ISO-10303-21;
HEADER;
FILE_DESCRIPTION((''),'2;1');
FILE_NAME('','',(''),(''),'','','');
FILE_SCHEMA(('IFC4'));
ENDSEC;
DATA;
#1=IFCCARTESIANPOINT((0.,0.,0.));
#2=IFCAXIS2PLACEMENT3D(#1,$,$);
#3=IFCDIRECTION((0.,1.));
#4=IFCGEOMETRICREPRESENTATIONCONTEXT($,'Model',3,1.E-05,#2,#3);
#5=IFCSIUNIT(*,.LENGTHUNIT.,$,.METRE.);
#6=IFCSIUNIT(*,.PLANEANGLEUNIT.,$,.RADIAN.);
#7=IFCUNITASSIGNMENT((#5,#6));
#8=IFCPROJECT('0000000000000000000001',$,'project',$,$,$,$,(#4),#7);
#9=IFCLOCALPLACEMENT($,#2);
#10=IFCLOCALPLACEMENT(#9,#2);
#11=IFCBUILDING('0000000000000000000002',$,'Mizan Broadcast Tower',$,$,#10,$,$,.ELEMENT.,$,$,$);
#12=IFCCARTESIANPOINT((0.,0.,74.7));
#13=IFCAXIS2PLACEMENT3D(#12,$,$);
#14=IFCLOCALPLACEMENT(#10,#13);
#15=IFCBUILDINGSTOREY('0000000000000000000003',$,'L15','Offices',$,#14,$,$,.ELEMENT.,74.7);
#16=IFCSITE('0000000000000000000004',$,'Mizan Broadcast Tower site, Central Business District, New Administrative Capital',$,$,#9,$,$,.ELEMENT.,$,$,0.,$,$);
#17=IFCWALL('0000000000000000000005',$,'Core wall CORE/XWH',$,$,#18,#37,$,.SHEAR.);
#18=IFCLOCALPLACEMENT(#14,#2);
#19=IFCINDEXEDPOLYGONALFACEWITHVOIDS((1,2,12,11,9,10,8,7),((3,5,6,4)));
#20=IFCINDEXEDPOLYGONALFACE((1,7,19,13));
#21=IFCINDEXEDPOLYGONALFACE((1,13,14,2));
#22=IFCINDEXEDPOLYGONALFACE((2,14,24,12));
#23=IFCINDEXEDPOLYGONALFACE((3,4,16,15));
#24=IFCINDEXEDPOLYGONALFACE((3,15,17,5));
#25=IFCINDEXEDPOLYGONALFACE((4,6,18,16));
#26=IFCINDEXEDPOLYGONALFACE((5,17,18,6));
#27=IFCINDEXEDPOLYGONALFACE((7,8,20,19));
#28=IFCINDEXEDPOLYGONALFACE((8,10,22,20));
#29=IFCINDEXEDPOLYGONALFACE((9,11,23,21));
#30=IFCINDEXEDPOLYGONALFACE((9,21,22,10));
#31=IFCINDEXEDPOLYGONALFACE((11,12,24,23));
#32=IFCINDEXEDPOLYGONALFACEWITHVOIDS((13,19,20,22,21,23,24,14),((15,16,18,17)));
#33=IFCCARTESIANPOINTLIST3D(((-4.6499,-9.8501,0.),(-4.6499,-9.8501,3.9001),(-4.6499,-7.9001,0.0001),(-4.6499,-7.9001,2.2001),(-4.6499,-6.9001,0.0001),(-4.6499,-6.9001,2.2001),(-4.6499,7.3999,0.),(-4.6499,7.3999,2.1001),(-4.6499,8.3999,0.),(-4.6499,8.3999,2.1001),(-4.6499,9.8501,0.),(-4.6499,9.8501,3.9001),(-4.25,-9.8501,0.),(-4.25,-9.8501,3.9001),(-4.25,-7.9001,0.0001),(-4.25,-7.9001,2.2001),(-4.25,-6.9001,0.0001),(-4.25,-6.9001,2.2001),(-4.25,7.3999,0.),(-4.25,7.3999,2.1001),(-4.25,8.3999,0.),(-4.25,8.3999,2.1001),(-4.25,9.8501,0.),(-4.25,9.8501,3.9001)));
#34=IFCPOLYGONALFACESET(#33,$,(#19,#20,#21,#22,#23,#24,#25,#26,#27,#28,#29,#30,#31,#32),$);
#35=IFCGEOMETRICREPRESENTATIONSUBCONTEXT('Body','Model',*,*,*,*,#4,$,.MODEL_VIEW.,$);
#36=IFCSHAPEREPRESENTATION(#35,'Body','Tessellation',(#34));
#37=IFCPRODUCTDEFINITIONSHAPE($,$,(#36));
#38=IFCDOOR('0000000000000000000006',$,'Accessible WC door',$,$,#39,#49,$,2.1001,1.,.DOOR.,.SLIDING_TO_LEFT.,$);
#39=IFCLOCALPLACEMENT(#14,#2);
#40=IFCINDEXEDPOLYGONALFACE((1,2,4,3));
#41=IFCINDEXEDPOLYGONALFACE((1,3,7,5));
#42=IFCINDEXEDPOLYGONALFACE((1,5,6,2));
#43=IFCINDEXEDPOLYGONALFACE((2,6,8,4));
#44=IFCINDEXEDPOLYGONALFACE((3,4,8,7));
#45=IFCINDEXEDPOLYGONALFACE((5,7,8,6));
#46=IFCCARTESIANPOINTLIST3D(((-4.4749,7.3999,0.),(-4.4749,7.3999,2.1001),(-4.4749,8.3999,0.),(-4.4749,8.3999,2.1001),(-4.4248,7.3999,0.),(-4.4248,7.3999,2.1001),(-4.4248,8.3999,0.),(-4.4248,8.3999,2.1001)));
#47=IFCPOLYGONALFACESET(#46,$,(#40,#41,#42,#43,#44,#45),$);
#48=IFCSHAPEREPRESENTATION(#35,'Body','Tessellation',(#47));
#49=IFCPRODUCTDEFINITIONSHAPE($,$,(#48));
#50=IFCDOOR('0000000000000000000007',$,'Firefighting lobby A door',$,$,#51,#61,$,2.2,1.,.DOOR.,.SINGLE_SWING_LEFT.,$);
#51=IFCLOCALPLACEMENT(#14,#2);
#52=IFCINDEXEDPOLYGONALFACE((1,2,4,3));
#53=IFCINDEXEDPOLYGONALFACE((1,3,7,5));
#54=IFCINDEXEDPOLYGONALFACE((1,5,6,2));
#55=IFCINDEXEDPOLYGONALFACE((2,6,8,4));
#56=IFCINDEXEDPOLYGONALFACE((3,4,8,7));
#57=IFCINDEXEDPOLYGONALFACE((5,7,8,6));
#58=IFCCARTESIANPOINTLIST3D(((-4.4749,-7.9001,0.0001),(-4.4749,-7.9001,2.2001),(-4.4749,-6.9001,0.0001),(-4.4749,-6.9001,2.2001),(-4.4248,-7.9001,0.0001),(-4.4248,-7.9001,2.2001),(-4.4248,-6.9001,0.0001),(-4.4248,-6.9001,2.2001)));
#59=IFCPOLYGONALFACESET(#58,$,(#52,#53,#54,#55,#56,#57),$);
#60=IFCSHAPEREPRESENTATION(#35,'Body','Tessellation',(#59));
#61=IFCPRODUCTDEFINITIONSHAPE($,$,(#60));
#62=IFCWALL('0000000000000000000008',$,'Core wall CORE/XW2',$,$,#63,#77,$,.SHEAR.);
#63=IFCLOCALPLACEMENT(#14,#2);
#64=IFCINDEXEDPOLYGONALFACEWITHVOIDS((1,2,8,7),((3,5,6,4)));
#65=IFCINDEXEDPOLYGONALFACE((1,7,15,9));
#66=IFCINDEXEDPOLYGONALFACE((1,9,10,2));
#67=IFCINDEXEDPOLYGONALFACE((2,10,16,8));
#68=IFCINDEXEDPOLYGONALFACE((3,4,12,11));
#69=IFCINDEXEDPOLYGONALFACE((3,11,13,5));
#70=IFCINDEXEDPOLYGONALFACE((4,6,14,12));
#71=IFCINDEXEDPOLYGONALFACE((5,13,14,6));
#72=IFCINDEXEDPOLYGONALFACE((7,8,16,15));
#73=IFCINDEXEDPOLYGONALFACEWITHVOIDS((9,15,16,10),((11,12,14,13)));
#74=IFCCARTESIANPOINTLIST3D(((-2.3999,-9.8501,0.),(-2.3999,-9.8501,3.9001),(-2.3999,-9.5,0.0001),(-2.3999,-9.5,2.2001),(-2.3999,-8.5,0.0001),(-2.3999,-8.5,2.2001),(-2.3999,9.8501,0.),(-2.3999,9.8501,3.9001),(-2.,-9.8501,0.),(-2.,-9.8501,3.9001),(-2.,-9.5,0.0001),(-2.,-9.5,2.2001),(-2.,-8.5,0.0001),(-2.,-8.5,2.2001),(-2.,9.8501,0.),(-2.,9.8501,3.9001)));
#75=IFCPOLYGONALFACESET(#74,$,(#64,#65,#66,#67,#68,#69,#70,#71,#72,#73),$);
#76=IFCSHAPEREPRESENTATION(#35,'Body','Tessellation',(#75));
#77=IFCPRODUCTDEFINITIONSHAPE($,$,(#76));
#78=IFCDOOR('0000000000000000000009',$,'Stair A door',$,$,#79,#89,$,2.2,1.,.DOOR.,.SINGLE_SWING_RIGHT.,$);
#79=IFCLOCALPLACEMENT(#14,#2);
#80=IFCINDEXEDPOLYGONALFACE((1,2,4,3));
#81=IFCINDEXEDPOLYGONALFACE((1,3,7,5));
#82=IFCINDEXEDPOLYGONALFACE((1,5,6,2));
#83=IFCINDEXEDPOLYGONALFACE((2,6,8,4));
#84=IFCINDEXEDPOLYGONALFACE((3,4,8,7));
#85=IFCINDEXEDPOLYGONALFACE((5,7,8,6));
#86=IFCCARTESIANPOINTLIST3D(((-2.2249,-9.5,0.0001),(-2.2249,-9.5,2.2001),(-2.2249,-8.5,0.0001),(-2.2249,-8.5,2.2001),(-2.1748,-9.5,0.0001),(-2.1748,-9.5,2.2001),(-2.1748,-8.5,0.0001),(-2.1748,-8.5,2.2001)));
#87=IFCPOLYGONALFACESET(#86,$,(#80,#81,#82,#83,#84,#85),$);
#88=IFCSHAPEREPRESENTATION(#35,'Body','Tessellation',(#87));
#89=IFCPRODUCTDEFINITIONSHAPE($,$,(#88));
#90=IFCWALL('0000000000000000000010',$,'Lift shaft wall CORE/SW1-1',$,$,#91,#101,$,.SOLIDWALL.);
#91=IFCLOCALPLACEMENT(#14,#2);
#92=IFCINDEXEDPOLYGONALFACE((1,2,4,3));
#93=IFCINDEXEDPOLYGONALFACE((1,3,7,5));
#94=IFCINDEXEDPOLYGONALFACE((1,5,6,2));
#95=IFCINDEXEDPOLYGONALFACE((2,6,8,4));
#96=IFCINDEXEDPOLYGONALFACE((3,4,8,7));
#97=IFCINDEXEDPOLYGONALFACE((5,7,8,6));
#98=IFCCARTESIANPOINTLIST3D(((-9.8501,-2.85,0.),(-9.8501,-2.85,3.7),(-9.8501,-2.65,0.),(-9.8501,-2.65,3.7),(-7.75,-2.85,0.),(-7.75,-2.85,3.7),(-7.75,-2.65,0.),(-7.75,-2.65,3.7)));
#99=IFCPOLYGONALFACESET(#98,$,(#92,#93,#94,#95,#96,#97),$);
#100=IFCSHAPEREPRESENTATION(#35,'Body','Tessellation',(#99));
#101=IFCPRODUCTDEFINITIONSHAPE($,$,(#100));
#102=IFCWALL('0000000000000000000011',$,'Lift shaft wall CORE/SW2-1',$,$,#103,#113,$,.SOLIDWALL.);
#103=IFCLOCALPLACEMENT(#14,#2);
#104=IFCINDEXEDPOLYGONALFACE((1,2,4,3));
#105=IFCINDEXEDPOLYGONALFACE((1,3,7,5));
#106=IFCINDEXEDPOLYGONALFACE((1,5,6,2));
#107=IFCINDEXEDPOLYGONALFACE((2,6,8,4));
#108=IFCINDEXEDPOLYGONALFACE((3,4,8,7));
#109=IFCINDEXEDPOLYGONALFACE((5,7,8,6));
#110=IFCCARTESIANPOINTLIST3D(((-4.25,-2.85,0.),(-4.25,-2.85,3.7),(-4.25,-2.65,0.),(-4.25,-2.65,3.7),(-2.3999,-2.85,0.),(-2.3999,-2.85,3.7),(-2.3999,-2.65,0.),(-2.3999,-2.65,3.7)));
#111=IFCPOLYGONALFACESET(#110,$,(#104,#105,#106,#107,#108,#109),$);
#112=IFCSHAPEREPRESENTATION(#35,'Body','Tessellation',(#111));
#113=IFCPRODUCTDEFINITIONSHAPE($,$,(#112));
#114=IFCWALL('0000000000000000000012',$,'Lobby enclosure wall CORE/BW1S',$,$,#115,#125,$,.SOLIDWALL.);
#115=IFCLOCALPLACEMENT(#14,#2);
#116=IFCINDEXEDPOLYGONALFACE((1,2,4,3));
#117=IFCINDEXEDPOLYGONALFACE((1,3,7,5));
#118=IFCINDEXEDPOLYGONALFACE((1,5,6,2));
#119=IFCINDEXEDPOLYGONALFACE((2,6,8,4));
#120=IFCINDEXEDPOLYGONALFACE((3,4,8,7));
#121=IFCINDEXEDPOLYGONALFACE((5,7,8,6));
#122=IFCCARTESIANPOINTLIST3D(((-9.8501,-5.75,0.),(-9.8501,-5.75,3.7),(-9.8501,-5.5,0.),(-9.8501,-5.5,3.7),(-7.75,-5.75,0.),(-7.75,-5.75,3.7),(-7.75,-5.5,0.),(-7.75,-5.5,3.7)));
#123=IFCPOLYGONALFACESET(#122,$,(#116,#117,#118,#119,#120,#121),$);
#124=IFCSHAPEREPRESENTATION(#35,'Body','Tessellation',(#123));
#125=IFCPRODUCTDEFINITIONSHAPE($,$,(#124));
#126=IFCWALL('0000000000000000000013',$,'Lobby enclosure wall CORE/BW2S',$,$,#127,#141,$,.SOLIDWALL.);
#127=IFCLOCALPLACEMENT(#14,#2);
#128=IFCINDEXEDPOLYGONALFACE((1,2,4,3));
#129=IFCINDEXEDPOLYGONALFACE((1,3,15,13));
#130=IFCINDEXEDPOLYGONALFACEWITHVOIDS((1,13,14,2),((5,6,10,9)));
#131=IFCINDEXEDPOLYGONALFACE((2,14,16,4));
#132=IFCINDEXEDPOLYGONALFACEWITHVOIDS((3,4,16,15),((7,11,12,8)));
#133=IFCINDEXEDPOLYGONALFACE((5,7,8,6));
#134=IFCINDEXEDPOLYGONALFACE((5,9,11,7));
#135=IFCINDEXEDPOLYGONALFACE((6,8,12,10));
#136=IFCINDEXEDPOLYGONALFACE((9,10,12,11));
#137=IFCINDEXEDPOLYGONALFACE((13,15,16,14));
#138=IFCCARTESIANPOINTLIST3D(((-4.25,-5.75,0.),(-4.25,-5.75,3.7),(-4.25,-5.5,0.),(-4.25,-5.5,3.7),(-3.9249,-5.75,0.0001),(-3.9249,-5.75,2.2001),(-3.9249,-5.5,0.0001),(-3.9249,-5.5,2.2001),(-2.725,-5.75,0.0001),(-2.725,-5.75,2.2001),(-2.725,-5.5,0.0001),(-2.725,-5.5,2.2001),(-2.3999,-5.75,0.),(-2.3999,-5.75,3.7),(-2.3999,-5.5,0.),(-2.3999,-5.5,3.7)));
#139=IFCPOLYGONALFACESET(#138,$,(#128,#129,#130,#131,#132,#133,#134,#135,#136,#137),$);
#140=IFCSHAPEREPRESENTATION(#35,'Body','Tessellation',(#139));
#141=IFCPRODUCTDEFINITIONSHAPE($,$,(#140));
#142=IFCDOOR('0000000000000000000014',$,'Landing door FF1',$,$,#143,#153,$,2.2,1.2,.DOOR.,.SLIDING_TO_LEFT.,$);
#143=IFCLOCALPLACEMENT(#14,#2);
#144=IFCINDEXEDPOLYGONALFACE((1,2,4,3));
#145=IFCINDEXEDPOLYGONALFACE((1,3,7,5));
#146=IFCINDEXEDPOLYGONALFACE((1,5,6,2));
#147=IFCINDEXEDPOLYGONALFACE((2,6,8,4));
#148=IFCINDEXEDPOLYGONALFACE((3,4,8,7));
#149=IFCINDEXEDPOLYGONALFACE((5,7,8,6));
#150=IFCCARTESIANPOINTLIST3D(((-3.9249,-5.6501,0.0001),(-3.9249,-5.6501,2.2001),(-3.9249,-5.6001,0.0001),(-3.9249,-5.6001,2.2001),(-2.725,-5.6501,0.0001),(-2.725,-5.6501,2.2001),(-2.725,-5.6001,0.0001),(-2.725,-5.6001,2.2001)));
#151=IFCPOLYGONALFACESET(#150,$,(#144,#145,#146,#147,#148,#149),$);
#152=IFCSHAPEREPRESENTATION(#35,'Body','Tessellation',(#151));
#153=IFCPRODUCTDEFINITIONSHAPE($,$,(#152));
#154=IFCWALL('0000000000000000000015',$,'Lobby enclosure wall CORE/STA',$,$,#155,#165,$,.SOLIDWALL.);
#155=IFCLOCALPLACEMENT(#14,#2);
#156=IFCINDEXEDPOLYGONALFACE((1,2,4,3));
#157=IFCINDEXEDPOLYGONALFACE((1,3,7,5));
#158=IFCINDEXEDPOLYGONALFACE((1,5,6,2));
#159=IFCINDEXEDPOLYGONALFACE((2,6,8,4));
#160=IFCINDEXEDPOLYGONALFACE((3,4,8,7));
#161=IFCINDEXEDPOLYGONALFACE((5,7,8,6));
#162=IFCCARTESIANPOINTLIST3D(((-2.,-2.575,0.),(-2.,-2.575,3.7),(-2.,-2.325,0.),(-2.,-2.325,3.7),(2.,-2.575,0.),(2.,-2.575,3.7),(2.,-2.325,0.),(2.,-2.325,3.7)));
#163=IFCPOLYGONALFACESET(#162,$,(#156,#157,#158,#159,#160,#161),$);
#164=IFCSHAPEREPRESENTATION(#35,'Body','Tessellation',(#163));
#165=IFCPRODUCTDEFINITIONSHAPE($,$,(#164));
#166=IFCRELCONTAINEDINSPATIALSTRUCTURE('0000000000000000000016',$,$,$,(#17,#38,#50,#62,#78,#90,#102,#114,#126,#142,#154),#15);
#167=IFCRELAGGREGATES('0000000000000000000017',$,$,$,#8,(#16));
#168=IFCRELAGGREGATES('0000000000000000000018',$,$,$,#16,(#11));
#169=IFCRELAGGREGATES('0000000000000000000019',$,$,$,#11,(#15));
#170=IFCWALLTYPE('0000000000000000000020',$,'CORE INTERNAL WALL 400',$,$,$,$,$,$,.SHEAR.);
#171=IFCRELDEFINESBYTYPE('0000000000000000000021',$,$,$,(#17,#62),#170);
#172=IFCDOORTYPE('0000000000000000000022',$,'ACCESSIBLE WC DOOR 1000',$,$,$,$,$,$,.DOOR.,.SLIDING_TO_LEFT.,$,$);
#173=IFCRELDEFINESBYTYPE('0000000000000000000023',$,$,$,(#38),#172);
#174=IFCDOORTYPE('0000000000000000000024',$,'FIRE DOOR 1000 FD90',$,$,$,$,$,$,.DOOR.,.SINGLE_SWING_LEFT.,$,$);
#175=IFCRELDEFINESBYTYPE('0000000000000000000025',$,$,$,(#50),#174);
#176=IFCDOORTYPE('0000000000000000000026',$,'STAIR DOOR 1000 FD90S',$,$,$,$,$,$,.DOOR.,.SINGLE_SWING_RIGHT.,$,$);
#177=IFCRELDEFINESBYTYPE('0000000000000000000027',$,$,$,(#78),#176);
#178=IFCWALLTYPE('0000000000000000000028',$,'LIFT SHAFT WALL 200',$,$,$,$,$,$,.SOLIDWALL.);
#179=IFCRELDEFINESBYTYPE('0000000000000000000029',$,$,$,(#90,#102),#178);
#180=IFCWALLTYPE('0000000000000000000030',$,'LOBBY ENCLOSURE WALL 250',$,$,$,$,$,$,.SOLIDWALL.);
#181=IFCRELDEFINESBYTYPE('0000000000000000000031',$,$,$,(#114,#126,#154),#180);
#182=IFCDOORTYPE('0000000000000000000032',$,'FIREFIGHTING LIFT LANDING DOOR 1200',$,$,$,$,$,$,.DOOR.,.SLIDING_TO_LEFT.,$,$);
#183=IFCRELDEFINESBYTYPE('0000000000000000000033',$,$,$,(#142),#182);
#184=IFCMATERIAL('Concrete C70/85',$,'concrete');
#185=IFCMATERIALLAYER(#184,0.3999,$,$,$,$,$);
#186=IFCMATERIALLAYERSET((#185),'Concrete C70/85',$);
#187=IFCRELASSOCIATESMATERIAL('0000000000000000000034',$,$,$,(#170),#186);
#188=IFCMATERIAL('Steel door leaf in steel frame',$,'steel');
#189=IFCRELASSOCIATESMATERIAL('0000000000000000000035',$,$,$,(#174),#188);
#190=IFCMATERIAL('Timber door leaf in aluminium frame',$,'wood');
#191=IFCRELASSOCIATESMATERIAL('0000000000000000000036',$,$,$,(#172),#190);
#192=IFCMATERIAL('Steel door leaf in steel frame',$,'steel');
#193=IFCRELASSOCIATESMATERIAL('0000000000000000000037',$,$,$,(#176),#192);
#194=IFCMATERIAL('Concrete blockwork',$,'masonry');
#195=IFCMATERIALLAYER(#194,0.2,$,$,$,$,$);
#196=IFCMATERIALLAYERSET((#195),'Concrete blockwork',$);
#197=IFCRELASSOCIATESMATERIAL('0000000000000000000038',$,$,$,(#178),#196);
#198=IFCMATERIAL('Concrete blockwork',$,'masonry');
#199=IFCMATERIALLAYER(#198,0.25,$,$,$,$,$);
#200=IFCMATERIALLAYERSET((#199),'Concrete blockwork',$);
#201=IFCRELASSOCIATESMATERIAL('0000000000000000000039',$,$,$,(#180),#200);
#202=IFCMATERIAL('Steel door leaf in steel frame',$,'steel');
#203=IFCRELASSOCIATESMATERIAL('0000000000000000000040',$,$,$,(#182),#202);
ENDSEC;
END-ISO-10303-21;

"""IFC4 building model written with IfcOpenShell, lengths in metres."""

from ifc_helpers import new_model, si_unit, direction, frame, frame_2d, origin, place, context, subcontext, project, spatial, rectangle, extrude, material, layer, layer_set, type_object, element, fill, save


model = new_model("IFC4")

# Units and contexts
model_context = context("Model", 3, precision=1e-05, world=origin(), true_north=direction((0.0, 1.0)))
body_context = subcontext(model_context, "Body", "Model", "MODEL_VIEW")
ifc_project = project(units=[si_unit("LENGTHUNIT", "METRE"), si_unit("PLANEANGLEUNIT", "RADIAN")], contexts=[model_context])

# Site, building, storey
site_placement = place(None, origin())
site = spatial("IfcSite", under=ifc_project, at=site_placement, Name="Mizan Broadcast Tower site, Central Business District, New Administrative Capital", CompositionType="ELEMENT", RefElevation=0.0)
building_placement = place(site_placement, origin())
building = spatial("IfcBuilding", under=site, at=building_placement, Name="Mizan Broadcast Tower", CompositionType="ELEMENT")
storey_placement = place(building_placement, frame((0.0, 0.0, 74.7)))
storey = spatial("IfcBuildingStorey", under=building, at=storey_placement, Name="L15", Description="Offices", CompositionType="ELEMENT", Elevation=74.7)

# Wall, openings, doors
ifc_material_1 = material(Name="Concrete C70/85", Category="concrete")
ifc_layer_1 = layer(ifc_material_1, 0.3999)
ifc_layer_set_1 = layer_set([ifc_layer_1], Name="Concrete C70/85")
wall_type_1 = type_object("IfcWallType", Name="CORE INTERNAL WALL 400", PredefinedType="SHEAR", material=ifc_layer_set_1)
ifc_material_2 = material(Name="Steel door leaf in steel frame", Category="steel")
door_type_1 = type_object("IfcDoorType", Name="FIRE DOOR 1000 FD90", OperationType="SINGLE_SWING_LEFT", PredefinedType="DOOR", material=ifc_material_2)
wall_1_placement = place(storey_placement, frame((-4.45, -9.8501, 0.0), z_axis=(0.0, 0.0, 1.0), x_axis=(0.0, 1.0, 0.0)))
wall_1 = element("IfcWall", 1, at=wall_1_placement, inside=storey, type_object=wall_type_1, Name="Core wall CORE/XWH", PredefinedType="SHEAR", context=body_context, shape_type="SweptSolid", body=[
    extrude(rectangle(XDim=19.7002, YDim=0.3999, at=frame_2d((9.8501, 0.0))), origin(), (0.0, 0.0, 1.0), 3.9001),
])
opening_1_placement = place(wall_1_placement, frame((1.95, 0.0, 0.0)))
opening_1 = element("IfcOpeningElement", 2, at=opening_1_placement, cuts=wall_1, PredefinedType="OPENING", context=body_context, shape_type="SweptSolid", body=[
    extrude(rectangle(XDim=1.0, YDim=2.2, at=frame_2d((0.5, 1.1001))), frame((0.0, 0.21, 0.0), z_axis=(0.0, -1.0, 0.0), x_axis=(1.0, 0.0, 0.0)), (0.0, 0.0, 1.0), 0.4199),
])
opening_2_placement = place(wall_1_placement, frame((17.25, 0.0, 0.0)))
opening_2 = element("IfcOpeningElement", 3, at=opening_2_placement, cuts=wall_1, PredefinedType="OPENING", context=body_context, shape_type="SweptSolid", body=[
    extrude(rectangle(XDim=1.0, YDim=2.1001, at=frame_2d((0.5, 1.05))), frame((0.0, 0.21, 0.0), z_axis=(0.0, -1.0, 0.0), x_axis=(1.0, 0.0, 0.0)), (0.0, 0.0, 1.0), 0.4199),
])
ifc_material_3 = material(Name="Timber door leaf in aluminium frame", Category="wood")
door_type_2 = type_object("IfcDoorType", Name="ACCESSIBLE WC DOOR 1000", OperationType="SLIDING_TO_LEFT", PredefinedType="DOOR", material=ifc_material_3)
door_1_placement = place(opening_2_placement, origin())
door_1 = element("IfcDoor", 4, at=door_1_placement, inside=storey, type_object=door_type_2, Name="Accessible WC door", OperationType="SLIDING_TO_LEFT", OverallHeight=2.1001, OverallWidth=1.0, PredefinedType="DOOR", context=body_context, shape_type="SweptSolid", body=[
    extrude(rectangle(XDim=1.0, YDim=2.1001, at=frame_2d((0.5, 1.05))), frame((0.0, 0.0249, 0.0), z_axis=(0.0, -1.0, 0.0), x_axis=(1.0, 0.0, 0.0)), (0.0, 0.0, 1.0), 0.05),
])
fill(opening_2, door_1)
door_2_placement = place(opening_1_placement, origin())
door_2 = element("IfcDoor", 5, at=door_2_placement, inside=storey, type_object=door_type_1, Name="Firefighting lobby A door", OperationType="SINGLE_SWING_LEFT", OverallHeight=2.2, OverallWidth=1.0, PredefinedType="DOOR", context=body_context, shape_type="SweptSolid", body=[
    extrude(rectangle(XDim=1.0, YDim=2.2, at=frame_2d((0.5, 1.1001))), frame((0.0, 0.0249, 0.0), z_axis=(0.0, -1.0, 0.0), x_axis=(1.0, 0.0, 0.0)), (0.0, 0.0, 1.0), 0.05),
])
fill(opening_1, door_2)

# Wall, opening, door
wall_2_placement = place(storey_placement, frame((-2.2, -9.8501, 0.0), z_axis=(0.0, 0.0, 1.0), x_axis=(0.0, 1.0, 0.0)))
wall_2 = element("IfcWall", 6, at=wall_2_placement, inside=storey, type_object=wall_type_1, Name="Core wall CORE/XW2", PredefinedType="SHEAR", context=body_context, shape_type="SweptSolid", body=[
    extrude(rectangle(XDim=19.7002, YDim=0.3999, at=frame_2d((9.8501, 0.0))), origin(), (0.0, 0.0, 1.0), 3.9001),
])
opening_3_placement = place(wall_2_placement, frame((0.3501, 0.0, 0.0)))
opening_3 = element("IfcOpeningElement", 7, at=opening_3_placement, cuts=wall_2, PredefinedType="OPENING", context=body_context, shape_type="SweptSolid", body=[
    extrude(rectangle(XDim=1.0, YDim=2.2, at=frame_2d((0.5, 1.1001))), frame((0.0, 0.21, 0.0), z_axis=(0.0, -1.0, 0.0), x_axis=(1.0, 0.0, 0.0)), (0.0, 0.0, 1.0), 0.4199),
])
ifc_material_4 = material(Name="Steel door leaf in steel frame", Category="steel")
door_type_3 = type_object("IfcDoorType", Name="STAIR DOOR 1000 FD90S", OperationType="SINGLE_SWING_RIGHT", PredefinedType="DOOR", material=ifc_material_4)
door_3_placement = place(opening_3_placement, origin())
door_3 = element("IfcDoor", 8, at=door_3_placement, inside=storey, type_object=door_type_3, Name="Stair A door", OperationType="SINGLE_SWING_RIGHT", OverallHeight=2.2, OverallWidth=1.0, PredefinedType="DOOR", context=body_context, shape_type="SweptSolid", body=[
    extrude(rectangle(XDim=1.0, YDim=2.2, at=frame_2d((0.5, 1.1001))), frame((0.0, 0.0249, 0.0), z_axis=(0.0, -1.0, 0.0), x_axis=(1.0, 0.0, 0.0)), (0.0, 0.0, 1.0), 0.05),
])
fill(opening_3, door_3)

# Walls
ifc_material_5 = material(Name="Concrete blockwork", Category="masonry")
ifc_layer_2 = layer(ifc_material_5, 0.2)
ifc_layer_set_2 = layer_set([ifc_layer_2], Name="Concrete blockwork")
wall_type_2 = type_object("IfcWallType", Name="LIFT SHAFT WALL 200", PredefinedType="SOLIDWALL", material=ifc_layer_set_2)
wall_3_placement = place(storey_placement, frame((-9.8501, -2.75, 0.0), z_axis=(0.0, 0.0, 1.0), x_axis=(1.0, 0.0, 0.0)))
element("IfcWall", 9, at=wall_3_placement, inside=storey, type_object=wall_type_2, Name="Lift shaft wall CORE/SW1-1", PredefinedType="SOLIDWALL", context=body_context, shape_type="SweptSolid", body=[
    extrude(rectangle(XDim=2.1001, YDim=0.2, at=frame_2d((1.05, 0.0))), origin(), (0.0, 0.0, 1.0), 3.7),
])
wall_4_placement = place(storey_placement, frame((-4.25, -2.75, 0.0), z_axis=(0.0, 0.0, 1.0), x_axis=(1.0, 0.0, 0.0)))
element("IfcWall", 10, at=wall_4_placement, inside=storey, type_object=wall_type_2, Name="Lift shaft wall CORE/SW2-1", PredefinedType="SOLIDWALL", context=body_context, shape_type="SweptSolid", body=[
    extrude(rectangle(XDim=1.8501, YDim=0.2, at=frame_2d((0.925, 0.0))), origin(), (0.0, 0.0, 1.0), 3.7),
])
ifc_material_6 = material(Name="Concrete blockwork", Category="masonry")
ifc_layer_3 = layer(ifc_material_6, 0.25)
ifc_layer_set_3 = layer_set([ifc_layer_3], Name="Concrete blockwork")
wall_type_3 = type_object("IfcWallType", Name="LOBBY ENCLOSURE WALL 250", PredefinedType="SOLIDWALL", material=ifc_layer_set_3)
wall_5_placement = place(storey_placement, frame((-9.8501, -5.625, 0.0), z_axis=(0.0, 0.0, 1.0), x_axis=(1.0, 0.0, 0.0)))
element("IfcWall", 11, at=wall_5_placement, inside=storey, type_object=wall_type_3, Name="Lobby enclosure wall CORE/BW1S", PredefinedType="SOLIDWALL", context=body_context, shape_type="SweptSolid", body=[
    extrude(rectangle(XDim=2.1001, YDim=0.25, at=frame_2d((1.05, 0.0))), origin(), (0.0, 0.0, 1.0), 3.7),
])

# Wall, opening, door
wall_6_placement = place(storey_placement, frame((-4.25, -5.625, 0.0), z_axis=(0.0, 0.0, 1.0), x_axis=(1.0, 0.0, 0.0)))
wall_6 = element("IfcWall", 12, at=wall_6_placement, inside=storey, type_object=wall_type_3, Name="Lobby enclosure wall CORE/BW2S", PredefinedType="SOLIDWALL", context=body_context, shape_type="SweptSolid", body=[
    extrude(rectangle(XDim=1.8501, YDim=0.25, at=frame_2d((0.925, 0.0))), origin(), (0.0, 0.0, 1.0), 3.7),
])
opening_4_placement = place(wall_6_placement, frame((0.325, 0.0, 0.0)))
opening_4 = element("IfcOpeningElement", 13, at=opening_4_placement, cuts=wall_6, PredefinedType="OPENING", context=body_context, shape_type="SweptSolid", body=[
    extrude(rectangle(XDim=1.2, YDim=2.2, at=frame_2d((0.6001, 1.1001))), frame((0.0, 0.135, 0.0), z_axis=(0.0, -1.0, 0.0), x_axis=(1.0, 0.0, 0.0)), (0.0, 0.0, 1.0), 0.27),
])
ifc_material_7 = material(Name="Steel door leaf in steel frame", Category="steel")
door_type_4 = type_object("IfcDoorType", Name="FIREFIGHTING LIFT LANDING DOOR 1200", OperationType="SLIDING_TO_LEFT", PredefinedType="DOOR", material=ifc_material_7)
door_4_placement = place(opening_4_placement, origin())
door_4 = element("IfcDoor", 14, at=door_4_placement, inside=storey, type_object=door_type_4, Name="Landing door FF1", OperationType="SLIDING_TO_LEFT", OverallHeight=2.2, OverallWidth=1.2, PredefinedType="DOOR", context=body_context, shape_type="SweptSolid", body=[
    extrude(rectangle(XDim=1.2, YDim=2.2, at=frame_2d((0.6001, 1.1001))), frame((0.0, 0.0249, 0.0), z_axis=(0.0, -1.0, 0.0), x_axis=(1.0, 0.0, 0.0)), (0.0, 0.0, 1.0), 0.05),
])
fill(opening_4, door_4)

# Wall
wall_7_placement = place(storey_placement, frame((-2.0, -2.45, 0.0), z_axis=(0.0, 0.0, 1.0), x_axis=(1.0, 0.0, 0.0)))
element("IfcWall", 15, at=wall_7_placement, inside=storey, type_object=wall_type_3, Name="Lobby enclosure wall CORE/STA", PredefinedType="SOLIDWALL", context=body_context, shape_type="SweptSolid", body=[
    extrude(rectangle(XDim=4.0, YDim=0.25, at=frame_2d((2.0, 0.0))), origin(), (0.0, 0.0, 1.0), 3.7),
])

save(model, "model.ifc")
